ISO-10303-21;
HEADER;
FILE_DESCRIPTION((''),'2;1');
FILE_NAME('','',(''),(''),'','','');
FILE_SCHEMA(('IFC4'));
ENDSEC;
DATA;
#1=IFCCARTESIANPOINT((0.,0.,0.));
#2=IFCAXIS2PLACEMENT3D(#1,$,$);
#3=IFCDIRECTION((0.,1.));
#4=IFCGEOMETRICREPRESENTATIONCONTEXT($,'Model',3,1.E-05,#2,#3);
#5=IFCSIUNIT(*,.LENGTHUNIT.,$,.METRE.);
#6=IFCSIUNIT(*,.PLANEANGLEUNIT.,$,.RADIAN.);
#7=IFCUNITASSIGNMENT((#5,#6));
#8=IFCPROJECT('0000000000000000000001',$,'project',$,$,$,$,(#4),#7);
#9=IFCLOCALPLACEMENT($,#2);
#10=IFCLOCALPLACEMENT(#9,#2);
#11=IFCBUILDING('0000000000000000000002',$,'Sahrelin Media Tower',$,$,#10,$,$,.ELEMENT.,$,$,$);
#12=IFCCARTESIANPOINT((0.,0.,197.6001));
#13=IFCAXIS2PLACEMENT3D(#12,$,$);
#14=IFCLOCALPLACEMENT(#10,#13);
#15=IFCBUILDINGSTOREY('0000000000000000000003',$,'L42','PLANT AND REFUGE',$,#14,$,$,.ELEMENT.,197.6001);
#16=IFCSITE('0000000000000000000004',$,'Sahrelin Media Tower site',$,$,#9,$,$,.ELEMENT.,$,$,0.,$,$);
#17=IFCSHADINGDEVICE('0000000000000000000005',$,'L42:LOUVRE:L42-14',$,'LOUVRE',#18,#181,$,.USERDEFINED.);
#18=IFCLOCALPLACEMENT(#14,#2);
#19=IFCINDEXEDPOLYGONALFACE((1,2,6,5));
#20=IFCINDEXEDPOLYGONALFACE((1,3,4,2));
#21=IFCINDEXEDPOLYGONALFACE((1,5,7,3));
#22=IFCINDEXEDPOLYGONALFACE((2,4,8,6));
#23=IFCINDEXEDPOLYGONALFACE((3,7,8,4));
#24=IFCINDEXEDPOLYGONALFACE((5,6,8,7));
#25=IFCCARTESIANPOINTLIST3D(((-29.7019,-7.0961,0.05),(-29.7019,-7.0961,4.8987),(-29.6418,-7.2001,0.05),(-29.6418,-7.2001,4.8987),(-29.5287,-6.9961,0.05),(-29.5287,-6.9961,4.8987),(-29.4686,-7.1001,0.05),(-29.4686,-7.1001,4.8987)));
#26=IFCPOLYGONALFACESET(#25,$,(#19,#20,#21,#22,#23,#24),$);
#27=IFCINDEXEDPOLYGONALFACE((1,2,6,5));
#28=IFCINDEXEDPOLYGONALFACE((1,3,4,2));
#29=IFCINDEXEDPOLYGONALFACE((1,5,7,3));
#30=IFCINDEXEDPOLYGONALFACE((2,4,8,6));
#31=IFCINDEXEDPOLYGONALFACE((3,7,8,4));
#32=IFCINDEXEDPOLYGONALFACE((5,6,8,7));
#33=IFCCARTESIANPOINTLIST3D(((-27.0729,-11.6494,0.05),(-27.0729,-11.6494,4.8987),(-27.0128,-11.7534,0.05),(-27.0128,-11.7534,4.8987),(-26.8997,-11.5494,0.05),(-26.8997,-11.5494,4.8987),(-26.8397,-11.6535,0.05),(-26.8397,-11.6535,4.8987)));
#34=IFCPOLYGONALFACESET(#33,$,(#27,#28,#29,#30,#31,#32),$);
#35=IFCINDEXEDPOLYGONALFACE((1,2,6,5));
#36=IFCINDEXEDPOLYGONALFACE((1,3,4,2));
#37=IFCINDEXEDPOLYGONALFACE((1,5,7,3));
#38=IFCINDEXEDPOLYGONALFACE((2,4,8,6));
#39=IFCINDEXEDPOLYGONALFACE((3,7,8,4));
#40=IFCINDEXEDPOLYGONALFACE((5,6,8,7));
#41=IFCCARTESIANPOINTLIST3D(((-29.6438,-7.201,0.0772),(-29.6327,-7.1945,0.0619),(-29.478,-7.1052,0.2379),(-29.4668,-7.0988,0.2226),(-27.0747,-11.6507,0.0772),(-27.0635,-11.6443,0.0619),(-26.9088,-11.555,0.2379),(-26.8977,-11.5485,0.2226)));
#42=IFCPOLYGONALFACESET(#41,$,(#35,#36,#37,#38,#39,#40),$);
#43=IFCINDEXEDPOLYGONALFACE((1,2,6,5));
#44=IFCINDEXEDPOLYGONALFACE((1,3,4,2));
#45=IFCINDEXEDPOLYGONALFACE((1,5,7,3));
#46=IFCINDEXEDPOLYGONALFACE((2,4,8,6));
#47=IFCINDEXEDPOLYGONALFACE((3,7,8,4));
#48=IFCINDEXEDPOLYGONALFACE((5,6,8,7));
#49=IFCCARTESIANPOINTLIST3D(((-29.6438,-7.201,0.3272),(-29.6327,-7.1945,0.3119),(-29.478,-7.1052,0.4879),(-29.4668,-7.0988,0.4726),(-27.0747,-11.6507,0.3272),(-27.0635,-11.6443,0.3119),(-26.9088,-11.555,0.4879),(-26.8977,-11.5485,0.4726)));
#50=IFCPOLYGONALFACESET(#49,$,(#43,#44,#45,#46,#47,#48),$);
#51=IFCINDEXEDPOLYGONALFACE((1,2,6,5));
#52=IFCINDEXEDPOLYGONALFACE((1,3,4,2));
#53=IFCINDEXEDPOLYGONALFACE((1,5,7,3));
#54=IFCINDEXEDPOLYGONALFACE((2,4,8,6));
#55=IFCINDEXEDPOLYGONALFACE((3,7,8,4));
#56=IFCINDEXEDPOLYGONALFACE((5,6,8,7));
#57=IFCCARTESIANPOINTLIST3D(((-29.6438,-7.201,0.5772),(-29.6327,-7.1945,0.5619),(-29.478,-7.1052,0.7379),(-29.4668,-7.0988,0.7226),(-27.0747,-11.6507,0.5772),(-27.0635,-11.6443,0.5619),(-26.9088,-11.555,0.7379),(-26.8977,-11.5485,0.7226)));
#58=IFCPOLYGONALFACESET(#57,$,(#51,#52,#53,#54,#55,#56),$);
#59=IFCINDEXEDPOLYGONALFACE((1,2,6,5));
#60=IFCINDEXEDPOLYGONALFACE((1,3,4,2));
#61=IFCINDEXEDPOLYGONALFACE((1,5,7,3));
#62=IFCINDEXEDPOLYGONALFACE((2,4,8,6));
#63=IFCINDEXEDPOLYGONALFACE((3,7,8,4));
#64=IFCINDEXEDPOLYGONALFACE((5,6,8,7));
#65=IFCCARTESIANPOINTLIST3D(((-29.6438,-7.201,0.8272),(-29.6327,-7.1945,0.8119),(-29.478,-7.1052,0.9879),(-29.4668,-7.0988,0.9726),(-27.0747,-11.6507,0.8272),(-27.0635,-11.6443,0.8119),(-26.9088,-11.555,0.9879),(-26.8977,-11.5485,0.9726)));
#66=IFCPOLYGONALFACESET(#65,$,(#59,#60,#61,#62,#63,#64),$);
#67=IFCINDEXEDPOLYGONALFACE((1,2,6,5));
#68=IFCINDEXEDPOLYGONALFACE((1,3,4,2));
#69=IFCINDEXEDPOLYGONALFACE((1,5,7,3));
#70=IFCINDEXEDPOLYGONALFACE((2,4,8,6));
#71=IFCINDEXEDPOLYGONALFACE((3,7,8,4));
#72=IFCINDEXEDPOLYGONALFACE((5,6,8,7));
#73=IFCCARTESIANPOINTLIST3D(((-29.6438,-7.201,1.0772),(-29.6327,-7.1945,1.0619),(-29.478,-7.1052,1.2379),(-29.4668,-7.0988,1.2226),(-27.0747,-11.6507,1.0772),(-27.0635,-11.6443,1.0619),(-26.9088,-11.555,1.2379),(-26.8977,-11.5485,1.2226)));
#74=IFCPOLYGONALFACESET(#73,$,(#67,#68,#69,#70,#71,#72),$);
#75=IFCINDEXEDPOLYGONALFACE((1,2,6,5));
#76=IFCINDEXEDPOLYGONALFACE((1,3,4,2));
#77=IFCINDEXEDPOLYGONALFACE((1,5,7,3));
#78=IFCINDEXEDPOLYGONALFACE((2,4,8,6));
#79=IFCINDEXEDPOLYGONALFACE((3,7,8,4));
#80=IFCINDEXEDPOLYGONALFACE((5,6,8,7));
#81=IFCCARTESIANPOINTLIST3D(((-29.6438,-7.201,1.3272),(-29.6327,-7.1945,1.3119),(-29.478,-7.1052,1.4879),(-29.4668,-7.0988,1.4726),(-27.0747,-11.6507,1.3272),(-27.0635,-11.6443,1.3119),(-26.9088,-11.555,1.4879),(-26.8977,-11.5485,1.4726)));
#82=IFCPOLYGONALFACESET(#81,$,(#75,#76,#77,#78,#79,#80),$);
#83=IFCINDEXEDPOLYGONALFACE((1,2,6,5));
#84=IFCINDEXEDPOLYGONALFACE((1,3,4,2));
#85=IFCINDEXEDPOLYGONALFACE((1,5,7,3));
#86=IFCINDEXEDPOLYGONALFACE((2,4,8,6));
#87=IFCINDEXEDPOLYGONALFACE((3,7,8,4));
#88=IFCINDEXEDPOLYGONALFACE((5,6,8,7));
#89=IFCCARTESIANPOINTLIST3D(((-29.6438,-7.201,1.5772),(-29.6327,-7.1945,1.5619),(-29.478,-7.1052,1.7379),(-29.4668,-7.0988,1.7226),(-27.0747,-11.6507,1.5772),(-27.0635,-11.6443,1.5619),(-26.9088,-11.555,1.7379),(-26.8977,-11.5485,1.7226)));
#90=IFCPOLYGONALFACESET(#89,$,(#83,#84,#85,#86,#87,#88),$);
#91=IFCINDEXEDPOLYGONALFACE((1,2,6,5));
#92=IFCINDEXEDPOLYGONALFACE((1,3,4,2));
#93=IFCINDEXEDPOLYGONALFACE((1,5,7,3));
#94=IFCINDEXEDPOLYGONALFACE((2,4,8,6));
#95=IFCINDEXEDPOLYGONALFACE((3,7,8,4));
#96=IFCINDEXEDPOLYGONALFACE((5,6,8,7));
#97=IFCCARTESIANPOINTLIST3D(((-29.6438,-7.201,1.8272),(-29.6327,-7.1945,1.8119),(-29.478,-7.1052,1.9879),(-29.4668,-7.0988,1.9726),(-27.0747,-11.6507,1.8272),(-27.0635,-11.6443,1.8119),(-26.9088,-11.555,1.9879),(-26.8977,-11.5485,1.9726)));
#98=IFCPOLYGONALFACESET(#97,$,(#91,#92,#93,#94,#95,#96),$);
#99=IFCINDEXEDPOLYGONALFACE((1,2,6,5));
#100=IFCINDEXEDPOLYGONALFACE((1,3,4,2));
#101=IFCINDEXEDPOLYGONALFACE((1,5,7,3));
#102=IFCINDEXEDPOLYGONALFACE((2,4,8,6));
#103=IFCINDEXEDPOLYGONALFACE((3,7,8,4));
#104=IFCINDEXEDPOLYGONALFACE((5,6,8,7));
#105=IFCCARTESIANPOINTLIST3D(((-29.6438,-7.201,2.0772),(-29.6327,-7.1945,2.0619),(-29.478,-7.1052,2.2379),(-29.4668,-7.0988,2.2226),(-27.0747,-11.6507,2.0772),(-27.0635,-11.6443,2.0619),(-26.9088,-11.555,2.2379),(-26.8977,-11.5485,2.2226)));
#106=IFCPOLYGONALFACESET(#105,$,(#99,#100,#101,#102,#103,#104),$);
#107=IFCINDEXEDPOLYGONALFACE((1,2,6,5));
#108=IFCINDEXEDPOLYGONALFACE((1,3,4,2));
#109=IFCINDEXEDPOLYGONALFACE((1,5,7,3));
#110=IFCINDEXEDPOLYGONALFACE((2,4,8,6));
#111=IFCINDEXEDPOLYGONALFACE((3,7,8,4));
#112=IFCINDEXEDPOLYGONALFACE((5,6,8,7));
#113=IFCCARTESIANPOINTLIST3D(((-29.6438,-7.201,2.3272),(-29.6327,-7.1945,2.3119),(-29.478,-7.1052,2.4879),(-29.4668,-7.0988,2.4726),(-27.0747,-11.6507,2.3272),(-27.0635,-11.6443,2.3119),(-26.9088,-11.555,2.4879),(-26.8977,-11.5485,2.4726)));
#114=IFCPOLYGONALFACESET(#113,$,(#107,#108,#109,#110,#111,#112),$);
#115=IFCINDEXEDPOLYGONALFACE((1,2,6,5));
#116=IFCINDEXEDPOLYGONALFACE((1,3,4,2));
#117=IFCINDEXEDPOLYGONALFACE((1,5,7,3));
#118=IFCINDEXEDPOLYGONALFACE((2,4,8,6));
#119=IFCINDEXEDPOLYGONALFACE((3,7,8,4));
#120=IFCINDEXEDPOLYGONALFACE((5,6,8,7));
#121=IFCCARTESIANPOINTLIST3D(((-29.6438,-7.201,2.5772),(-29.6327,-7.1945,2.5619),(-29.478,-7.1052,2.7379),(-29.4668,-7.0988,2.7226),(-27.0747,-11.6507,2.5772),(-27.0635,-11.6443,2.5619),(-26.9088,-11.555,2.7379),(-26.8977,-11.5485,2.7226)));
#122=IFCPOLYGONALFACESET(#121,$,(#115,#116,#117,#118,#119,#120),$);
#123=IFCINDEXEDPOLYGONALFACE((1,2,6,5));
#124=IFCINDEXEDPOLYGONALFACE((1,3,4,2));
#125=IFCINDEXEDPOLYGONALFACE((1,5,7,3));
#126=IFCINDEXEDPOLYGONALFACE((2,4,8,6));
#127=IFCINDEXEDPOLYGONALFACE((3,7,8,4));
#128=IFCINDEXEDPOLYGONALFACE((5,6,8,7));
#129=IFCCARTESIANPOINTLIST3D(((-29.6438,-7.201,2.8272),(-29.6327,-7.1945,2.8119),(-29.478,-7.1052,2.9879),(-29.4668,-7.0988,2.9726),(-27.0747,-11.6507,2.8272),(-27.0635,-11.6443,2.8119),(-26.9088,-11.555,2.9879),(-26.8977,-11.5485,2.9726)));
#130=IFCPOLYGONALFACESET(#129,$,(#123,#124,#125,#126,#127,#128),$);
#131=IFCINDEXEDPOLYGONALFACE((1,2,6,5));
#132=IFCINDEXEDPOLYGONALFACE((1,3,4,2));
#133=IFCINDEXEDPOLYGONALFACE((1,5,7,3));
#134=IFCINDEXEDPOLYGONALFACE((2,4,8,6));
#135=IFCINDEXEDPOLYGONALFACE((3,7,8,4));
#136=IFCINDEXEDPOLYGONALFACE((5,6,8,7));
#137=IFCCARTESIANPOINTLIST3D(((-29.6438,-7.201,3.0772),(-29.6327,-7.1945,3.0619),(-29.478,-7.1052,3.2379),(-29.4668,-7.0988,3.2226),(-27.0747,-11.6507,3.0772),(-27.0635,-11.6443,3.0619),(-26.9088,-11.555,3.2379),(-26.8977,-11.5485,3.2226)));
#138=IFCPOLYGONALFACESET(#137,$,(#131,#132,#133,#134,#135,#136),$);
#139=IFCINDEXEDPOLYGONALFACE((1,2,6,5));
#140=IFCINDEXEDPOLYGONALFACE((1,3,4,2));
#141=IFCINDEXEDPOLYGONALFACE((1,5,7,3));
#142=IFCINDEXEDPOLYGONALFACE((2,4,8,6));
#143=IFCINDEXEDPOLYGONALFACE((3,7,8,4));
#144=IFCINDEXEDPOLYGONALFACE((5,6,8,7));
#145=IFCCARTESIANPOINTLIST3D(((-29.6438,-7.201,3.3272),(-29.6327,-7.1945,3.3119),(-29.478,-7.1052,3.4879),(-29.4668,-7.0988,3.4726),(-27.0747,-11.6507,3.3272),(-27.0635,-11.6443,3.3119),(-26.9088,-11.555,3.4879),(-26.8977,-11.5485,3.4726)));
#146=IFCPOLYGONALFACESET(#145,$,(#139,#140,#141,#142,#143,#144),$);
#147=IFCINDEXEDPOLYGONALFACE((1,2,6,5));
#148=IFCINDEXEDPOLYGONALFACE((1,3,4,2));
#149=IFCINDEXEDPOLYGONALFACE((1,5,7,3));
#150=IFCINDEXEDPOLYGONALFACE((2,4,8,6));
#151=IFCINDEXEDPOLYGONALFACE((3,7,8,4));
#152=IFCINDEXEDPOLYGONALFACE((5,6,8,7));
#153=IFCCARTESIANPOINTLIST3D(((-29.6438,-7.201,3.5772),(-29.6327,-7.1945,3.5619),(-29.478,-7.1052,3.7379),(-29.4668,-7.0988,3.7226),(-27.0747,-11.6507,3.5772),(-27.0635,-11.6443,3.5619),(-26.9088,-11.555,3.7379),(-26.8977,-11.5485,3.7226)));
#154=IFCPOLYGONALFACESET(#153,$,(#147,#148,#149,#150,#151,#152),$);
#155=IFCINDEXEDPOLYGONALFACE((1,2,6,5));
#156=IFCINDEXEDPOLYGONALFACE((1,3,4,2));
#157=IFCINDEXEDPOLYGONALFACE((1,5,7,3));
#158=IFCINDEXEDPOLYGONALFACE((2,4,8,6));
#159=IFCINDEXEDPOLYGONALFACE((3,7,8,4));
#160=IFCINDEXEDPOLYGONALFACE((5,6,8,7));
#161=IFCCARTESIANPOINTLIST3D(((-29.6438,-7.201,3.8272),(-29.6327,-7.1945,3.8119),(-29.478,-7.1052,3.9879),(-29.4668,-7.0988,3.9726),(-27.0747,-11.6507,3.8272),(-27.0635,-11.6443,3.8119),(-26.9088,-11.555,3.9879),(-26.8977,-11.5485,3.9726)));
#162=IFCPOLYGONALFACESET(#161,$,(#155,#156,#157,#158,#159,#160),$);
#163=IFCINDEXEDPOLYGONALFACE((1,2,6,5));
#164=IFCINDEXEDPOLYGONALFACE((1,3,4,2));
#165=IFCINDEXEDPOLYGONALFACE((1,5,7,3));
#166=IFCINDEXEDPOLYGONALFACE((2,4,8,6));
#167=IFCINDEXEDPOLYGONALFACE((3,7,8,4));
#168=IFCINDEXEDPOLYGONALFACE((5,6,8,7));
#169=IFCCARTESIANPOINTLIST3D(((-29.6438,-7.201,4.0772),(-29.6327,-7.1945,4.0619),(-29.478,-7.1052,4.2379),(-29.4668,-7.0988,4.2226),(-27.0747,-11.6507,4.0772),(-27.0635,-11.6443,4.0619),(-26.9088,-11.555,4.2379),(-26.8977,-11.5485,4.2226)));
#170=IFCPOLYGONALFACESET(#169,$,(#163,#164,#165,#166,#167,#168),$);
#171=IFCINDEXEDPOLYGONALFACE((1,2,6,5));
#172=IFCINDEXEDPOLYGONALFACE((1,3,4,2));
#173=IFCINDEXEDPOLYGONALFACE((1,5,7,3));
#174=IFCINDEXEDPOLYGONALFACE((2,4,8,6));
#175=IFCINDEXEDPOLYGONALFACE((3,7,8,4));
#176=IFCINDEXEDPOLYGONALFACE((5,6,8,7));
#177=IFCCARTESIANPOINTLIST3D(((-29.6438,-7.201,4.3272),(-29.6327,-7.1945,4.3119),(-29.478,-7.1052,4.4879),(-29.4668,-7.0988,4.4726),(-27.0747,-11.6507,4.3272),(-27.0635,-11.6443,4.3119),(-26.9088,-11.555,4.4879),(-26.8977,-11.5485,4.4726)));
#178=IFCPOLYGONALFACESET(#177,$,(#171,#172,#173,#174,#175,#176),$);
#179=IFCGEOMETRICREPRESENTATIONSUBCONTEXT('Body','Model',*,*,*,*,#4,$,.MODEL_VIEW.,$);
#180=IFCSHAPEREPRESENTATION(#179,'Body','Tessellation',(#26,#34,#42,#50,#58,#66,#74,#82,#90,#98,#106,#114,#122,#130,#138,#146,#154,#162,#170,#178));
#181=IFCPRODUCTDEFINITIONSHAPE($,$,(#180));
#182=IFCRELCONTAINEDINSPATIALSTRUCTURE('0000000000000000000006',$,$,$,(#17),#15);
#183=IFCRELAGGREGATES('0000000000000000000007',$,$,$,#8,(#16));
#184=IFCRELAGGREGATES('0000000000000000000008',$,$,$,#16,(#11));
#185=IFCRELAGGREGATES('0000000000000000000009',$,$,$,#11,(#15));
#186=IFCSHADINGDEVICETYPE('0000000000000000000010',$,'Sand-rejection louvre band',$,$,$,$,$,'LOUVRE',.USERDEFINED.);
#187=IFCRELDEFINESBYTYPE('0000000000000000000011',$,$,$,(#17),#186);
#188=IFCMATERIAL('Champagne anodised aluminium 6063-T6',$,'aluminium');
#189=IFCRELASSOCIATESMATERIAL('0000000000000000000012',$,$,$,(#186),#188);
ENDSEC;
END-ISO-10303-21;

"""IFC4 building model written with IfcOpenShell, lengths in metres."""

from ifc_helpers import new_model, si_unit, direction, frame, origin, origin_2d, place, context, subcontext, project, spatial, rectangle, extrude, material, type_object, element, save


model = new_model("IFC4")

# Units and contexts
model_context = context("Model", 3, precision=1e-05, world=origin(), true_north=direction((0.0, 1.0)))
body_context = subcontext(model_context, "Body", "Model", "MODEL_VIEW")
ifc_project = project(units=[si_unit("LENGTHUNIT", "METRE"), si_unit("PLANEANGLEUNIT", "RADIAN")], contexts=[model_context])

# Site, building, storey
site_placement = place(None, origin())
site = spatial("IfcSite", under=ifc_project, at=site_placement, Name="Sahrelin Media Tower site", CompositionType="ELEMENT", RefElevation=0.0)
building_placement = place(site_placement, origin())
building = spatial("IfcBuilding", under=site, at=building_placement, Name="Sahrelin Media Tower", CompositionType="ELEMENT")
storey_placement = place(building_placement, frame((0.0, 0.0, 197.6001)))
storey = spatial("IfcBuildingStorey", under=building, at=storey_placement, Name="L42", Description="PLANT AND REFUGE", CompositionType="ELEMENT", Elevation=197.6001)

# Shading device
ifc_material_1 = material(Name="Champagne anodised aluminium 6063-T6", Category="aluminium")
shading_device_type = type_object("IfcShadingDeviceType", Name="Sand-rejection louvre band", ElementType="LOUVRE", PredefinedType="USERDEFINED", material=ifc_material_1)
shading_device_1_placement = place(storey_placement, frame((-28.1841, -9.3247, 0.0), z_axis=(0.0, 0.0, 1.0), x_axis=(-0.500011, 0.866019, 0.0)))
element("IfcShadingDevice", 1, at=shading_device_1_placement, inside=storey, type_object=shading_device_type, Name="L42:LOUVRE:L42-14", ObjectType="LOUVRE", PredefinedType="USERDEFINED", context=body_context, shape_type="SweptSolid", body=[
    extrude(rectangle(XDim=0.1201, YDim=0.2, at=origin_2d()), frame((2.6289, 0.1001, 0.05), z_axis=(0.0, 0.0, 1.0), x_axis=(1.0, 0.0, 0.0)), (0.0, 0.0, 1.0), 4.8486),
    extrude(rectangle(XDim=0.1201, YDim=0.2, at=origin_2d()), frame((-2.6289, 0.1001, 0.05), z_axis=(0.0, 0.0, 1.0), x_axis=(1.0, 0.0, 0.0)), (0.0, 0.0, 1.0), 4.8486),
    extrude(rectangle(XDim=0.25, YDim=0.02, at=origin_2d()), frame((2.5691, 0.1001, 0.1499), z_axis=(-1.0, 0.0, 0.0), x_axis=(0.0, -0.766044, 0.642788)), (0.0, 0.0, 1.0), 5.1382),
    extrude(rectangle(XDim=0.25, YDim=0.02, at=origin_2d()), frame((2.5691, 0.1001, 0.3999), z_axis=(-1.0, 0.0, 0.0), x_axis=(0.0, -0.766044, 0.642788)), (0.0, 0.0, 1.0), 5.1382),
    extrude(rectangle(XDim=0.25, YDim=0.02, at=origin_2d()), frame((2.5691, 0.1001, 0.6499), z_axis=(-1.0, 0.0, 0.0), x_axis=(0.0, -0.766044, 0.642788)), (0.0, 0.0, 1.0), 5.1382),
    extrude(rectangle(XDim=0.25, YDim=0.02, at=origin_2d()), frame((2.5691, 0.1001, 0.8999), z_axis=(-1.0, 0.0, 0.0), x_axis=(0.0, -0.766044, 0.642788)), (0.0, 0.0, 1.0), 5.1382),
    extrude(rectangle(XDim=0.25, YDim=0.02, at=origin_2d()), frame((2.5691, 0.1001, 1.1499), z_axis=(-1.0, 0.0, 0.0), x_axis=(0.0, -0.766044, 0.642788)), (0.0, 0.0, 1.0), 5.1382),
    extrude(rectangle(XDim=0.25, YDim=0.02, at=origin_2d()), frame((2.5691, 0.1001, 1.3999), z_axis=(-1.0, 0.0, 0.0), x_axis=(0.0, -0.766044, 0.642788)), (0.0, 0.0, 1.0), 5.1382),
    extrude(rectangle(XDim=0.25, YDim=0.02, at=origin_2d()), frame((2.5691, 0.1001, 1.6499), z_axis=(-1.0, 0.0, 0.0), x_axis=(0.0, -0.766044, 0.642788)), (0.0, 0.0, 1.0), 5.1382),
    extrude(rectangle(XDim=0.25, YDim=0.02, at=origin_2d()), frame((2.5691, 0.1001, 1.8999), z_axis=(-1.0, 0.0, 0.0), x_axis=(0.0, -0.766044, 0.642788)), (0.0, 0.0, 1.0), 5.1382),
    extrude(rectangle(XDim=0.25, YDim=0.02, at=origin_2d()), frame((2.5691, 0.1001, 2.1499), z_axis=(-1.0, 0.0, 0.0), x_axis=(0.0, -0.766044, 0.642788)), (0.0, 0.0, 1.0), 5.1382),
    extrude(rectangle(XDim=0.25, YDim=0.02, at=origin_2d()), frame((2.5691, 0.1001, 2.3999), z_axis=(-1.0, 0.0, 0.0), x_axis=(0.0, -0.766044, 0.642788)), (0.0, 0.0, 1.0), 5.1382),
    extrude(rectangle(XDim=0.25, YDim=0.02, at=origin_2d()), frame((2.5691, 0.1001, 2.6499), z_axis=(-1.0, 0.0, 0.0), x_axis=(0.0, -0.766044, 0.642788)), (0.0, 0.0, 1.0), 5.1382),
    extrude(rectangle(XDim=0.25, YDim=0.02, at=origin_2d()), frame((2.5691, 0.1001, 2.8999), z_axis=(-1.0, 0.0, 0.0), x_axis=(0.0, -0.766044, 0.642788)), (0.0, 0.0, 1.0), 5.1382),
    extrude(rectangle(XDim=0.25, YDim=0.02, at=origin_2d()), frame((2.5691, 0.1001, 3.1499), z_axis=(-1.0, 0.0, 0.0), x_axis=(0.0, -0.766044, 0.642788)), (0.0, 0.0, 1.0), 5.1382),
    extrude(rectangle(XDim=0.25, YDim=0.02, at=origin_2d()), frame((2.5691, 0.1001, 3.3999), z_axis=(-1.0, 0.0, 0.0), x_axis=(0.0, -0.766044, 0.642788)), (0.0, 0.0, 1.0), 5.1382),
    extrude(rectangle(XDim=0.25, YDim=0.02, at=origin_2d()), frame((2.5691, 0.1001, 3.6499), z_axis=(-1.0, 0.0, 0.0), x_axis=(0.0, -0.766044, 0.642788)), (0.0, 0.0, 1.0), 5.1382),
    extrude(rectangle(XDim=0.25, YDim=0.02, at=origin_2d()), frame((2.5691, 0.1001, 3.8999), z_axis=(-1.0, 0.0, 0.0), x_axis=(0.0, -0.766044, 0.642788)), (0.0, 0.0, 1.0), 5.1382),
    extrude(rectangle(XDim=0.25, YDim=0.02, at=origin_2d()), frame((2.5691, 0.1001, 4.1499), z_axis=(-1.0, 0.0, 0.0), x_axis=(0.0, -0.766044, 0.642788)), (0.0, 0.0, 1.0), 5.1382),
    extrude(rectangle(XDim=0.25, YDim=0.02, at=origin_2d()), frame((2.5691, 0.1001, 4.3999), z_axis=(-1.0, 0.0, 0.0), x_axis=(0.0, -0.766044, 0.642788)), (0.0, 0.0, 1.0), 5.1382),
])

save(model, "model.ifc")
